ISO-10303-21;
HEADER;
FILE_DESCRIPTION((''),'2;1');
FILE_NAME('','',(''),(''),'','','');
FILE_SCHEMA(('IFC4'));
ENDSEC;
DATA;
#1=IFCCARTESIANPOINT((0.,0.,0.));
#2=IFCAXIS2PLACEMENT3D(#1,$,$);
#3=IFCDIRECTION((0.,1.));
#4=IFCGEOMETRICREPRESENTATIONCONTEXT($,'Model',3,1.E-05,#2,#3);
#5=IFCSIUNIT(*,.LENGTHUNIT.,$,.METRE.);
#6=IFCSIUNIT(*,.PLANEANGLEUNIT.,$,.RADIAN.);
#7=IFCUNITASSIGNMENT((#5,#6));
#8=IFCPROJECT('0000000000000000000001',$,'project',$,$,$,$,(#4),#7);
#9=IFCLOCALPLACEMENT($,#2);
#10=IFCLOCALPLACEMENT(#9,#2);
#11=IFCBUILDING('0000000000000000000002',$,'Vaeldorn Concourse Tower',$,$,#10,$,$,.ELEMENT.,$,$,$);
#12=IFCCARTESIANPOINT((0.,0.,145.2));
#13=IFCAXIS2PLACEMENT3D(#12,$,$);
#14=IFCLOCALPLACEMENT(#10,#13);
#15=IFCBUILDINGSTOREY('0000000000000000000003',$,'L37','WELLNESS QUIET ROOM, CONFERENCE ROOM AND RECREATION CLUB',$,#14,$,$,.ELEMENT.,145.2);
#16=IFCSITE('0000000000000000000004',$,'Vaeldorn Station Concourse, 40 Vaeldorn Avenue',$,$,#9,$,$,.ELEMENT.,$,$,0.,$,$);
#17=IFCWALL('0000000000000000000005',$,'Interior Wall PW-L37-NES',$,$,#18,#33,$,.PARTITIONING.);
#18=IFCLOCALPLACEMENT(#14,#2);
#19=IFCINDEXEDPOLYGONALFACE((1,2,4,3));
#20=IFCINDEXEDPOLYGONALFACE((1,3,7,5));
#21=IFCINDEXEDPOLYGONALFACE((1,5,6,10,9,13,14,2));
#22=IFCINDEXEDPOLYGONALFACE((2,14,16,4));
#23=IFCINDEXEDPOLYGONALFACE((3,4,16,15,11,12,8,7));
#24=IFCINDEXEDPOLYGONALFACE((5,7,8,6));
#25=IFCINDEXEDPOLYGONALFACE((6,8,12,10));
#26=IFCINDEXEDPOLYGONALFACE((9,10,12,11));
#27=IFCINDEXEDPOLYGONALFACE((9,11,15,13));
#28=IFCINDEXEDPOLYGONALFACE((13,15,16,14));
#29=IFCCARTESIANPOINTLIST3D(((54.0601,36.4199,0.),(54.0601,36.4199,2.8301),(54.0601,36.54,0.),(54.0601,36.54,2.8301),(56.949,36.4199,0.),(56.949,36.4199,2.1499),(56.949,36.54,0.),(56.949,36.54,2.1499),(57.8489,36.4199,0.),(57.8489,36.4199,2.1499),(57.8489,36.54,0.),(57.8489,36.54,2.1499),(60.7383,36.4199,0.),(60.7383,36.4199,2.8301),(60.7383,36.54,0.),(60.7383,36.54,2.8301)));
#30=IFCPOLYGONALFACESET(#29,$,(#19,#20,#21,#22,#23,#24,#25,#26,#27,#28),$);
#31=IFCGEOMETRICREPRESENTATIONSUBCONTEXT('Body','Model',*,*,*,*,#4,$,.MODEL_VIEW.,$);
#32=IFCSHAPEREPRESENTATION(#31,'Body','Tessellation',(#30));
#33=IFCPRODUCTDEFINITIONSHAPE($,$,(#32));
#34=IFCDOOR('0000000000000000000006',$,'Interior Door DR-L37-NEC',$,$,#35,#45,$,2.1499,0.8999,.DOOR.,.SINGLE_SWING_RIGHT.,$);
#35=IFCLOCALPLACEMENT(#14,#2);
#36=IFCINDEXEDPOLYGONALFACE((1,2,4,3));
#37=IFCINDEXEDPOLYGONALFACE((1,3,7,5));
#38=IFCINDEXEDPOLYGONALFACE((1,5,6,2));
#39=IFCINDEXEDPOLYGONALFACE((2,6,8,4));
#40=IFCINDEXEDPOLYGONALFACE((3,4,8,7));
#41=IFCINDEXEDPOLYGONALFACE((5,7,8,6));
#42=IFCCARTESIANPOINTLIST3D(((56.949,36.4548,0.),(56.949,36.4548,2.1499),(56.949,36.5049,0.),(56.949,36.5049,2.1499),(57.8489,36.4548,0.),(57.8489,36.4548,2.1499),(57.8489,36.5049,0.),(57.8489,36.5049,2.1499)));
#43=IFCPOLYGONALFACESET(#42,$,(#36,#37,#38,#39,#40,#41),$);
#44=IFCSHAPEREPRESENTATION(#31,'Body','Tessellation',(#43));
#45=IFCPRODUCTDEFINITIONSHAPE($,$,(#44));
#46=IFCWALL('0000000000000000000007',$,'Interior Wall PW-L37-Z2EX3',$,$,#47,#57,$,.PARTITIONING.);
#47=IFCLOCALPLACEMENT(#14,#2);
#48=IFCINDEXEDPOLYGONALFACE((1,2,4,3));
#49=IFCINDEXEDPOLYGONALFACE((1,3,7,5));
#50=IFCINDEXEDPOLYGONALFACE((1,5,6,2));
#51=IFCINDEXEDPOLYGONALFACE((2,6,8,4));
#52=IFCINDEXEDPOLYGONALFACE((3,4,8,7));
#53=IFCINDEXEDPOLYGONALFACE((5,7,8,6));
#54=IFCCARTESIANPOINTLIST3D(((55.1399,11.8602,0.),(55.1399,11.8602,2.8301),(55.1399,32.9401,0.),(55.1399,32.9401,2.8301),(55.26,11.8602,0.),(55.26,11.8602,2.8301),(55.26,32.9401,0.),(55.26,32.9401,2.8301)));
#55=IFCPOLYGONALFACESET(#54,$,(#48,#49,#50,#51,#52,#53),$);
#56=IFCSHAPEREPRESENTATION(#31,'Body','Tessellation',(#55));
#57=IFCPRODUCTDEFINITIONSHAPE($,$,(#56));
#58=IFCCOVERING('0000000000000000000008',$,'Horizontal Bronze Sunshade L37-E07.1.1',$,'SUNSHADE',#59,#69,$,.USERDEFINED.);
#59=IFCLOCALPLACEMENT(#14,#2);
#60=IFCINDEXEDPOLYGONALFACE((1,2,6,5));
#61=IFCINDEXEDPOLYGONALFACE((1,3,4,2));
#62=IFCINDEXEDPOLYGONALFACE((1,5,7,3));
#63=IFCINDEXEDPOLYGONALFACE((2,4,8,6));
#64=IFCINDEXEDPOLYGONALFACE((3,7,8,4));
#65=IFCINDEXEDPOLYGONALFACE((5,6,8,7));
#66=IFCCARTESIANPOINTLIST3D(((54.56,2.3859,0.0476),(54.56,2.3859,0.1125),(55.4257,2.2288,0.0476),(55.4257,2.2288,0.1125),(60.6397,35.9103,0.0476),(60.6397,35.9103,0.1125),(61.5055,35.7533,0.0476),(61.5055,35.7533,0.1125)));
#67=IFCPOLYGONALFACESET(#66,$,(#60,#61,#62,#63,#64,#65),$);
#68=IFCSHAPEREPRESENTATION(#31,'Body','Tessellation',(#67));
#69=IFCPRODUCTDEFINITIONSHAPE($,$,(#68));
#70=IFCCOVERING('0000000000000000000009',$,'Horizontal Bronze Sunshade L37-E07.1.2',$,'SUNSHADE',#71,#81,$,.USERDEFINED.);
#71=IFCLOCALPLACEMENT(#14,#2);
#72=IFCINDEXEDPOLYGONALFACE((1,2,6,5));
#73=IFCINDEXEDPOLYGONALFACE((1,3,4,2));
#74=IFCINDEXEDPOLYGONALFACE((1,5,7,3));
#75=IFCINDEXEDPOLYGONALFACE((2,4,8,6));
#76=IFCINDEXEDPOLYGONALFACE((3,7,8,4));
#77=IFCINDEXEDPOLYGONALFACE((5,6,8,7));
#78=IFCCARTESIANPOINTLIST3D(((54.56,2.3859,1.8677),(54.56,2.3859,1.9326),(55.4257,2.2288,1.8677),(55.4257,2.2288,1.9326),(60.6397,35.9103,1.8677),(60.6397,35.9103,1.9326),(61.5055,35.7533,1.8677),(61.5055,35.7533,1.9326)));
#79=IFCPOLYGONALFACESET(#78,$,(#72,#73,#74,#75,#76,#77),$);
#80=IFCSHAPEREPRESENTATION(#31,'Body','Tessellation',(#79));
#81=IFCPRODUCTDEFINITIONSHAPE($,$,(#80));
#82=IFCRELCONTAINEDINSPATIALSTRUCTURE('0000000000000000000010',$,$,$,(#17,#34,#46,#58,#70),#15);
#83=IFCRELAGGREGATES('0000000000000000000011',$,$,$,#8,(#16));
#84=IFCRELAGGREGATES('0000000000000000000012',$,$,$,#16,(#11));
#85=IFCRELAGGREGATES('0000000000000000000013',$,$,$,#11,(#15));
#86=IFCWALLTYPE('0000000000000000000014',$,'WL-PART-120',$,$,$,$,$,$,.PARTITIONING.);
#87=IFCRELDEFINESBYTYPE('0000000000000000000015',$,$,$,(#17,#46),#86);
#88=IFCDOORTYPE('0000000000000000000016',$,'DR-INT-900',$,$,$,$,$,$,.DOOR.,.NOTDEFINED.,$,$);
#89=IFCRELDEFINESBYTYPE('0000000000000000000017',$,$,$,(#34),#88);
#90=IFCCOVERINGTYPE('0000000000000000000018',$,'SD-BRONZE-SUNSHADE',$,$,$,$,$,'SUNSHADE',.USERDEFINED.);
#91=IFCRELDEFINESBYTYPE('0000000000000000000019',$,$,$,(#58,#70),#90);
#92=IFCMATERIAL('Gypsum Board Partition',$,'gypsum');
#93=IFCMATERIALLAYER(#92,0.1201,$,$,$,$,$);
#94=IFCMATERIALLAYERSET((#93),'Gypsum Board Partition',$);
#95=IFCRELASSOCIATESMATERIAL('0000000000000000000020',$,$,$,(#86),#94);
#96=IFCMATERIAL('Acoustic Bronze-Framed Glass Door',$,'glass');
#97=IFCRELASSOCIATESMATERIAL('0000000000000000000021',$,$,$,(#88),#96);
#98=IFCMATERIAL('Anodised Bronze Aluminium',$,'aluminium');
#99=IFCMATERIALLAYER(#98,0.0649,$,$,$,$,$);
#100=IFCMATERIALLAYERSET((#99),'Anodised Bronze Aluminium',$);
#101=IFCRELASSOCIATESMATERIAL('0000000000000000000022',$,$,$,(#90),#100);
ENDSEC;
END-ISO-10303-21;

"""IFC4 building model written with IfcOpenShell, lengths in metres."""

from ifc_helpers import new_model, si_unit, direction, frame, frame_2d, origin, origin_2d, place, context, subcontext, project, spatial, rectangle, extrude, source, transform, mapped, material, layer, layer_set, type_object, element, fill, save


model = new_model("IFC4")

# Units and contexts
model_context = context("Model", 3, precision=1e-05, world=origin(), true_north=direction((0.0, 1.0)))
body_context = subcontext(model_context, "Body", "Model", "MODEL_VIEW")
ifc_project = project(units=[si_unit("LENGTHUNIT", "METRE"), si_unit("PLANEANGLEUNIT", "RADIAN")], contexts=[model_context])

# Site, building, storey
site_placement = place(None, origin())
site = spatial("IfcSite", under=ifc_project, at=site_placement, Name="Vaeldorn Station Concourse, 40 Vaeldorn Avenue", CompositionType="ELEMENT", RefElevation=0.0)
building_placement = place(site_placement, origin())
building = spatial("IfcBuilding", under=site, at=building_placement, Name="Vaeldorn Concourse Tower", CompositionType="ELEMENT")
storey_placement = place(building_placement, frame((0.0, 0.0, 145.2)))
storey = spatial("IfcBuildingStorey", under=building, at=storey_placement, Name="L37", Description="WELLNESS QUIET ROOM, CONFERENCE ROOM AND RECREATION CLUB", CompositionType="ELEMENT", Elevation=145.2)

# Shared definitions
ifc_material_1 = material(Name="Anodised Bronze Aluminium", Category="aluminium")

# Wall, opening, door
ifc_material_2 = material(Name="Gypsum Board Partition", Category="gypsum")
ifc_layer_1 = layer(ifc_material_2, 0.1201)
ifc_layer_set_1 = layer_set([ifc_layer_1], Name="Gypsum Board Partition")
wall_type = type_object("IfcWallType", Name="WL-PART-120", PredefinedType="PARTITIONING", material=ifc_layer_set_1)
wall_1_placement = place(storey_placement, frame((54.0601, 36.48, 0.0), z_axis=(0.0, 0.0, 1.0), x_axis=(1.0, 0.0, 0.0)))
wall_1 = element("IfcWall", 1, at=wall_1_placement, inside=storey, type_object=wall_type, Name="Interior Wall PW-L37-NES", PredefinedType="PARTITIONING", context=body_context, shape_type="SweptSolid", body=[
    extrude(rectangle(XDim=6.6782, YDim=0.1201, at=frame_2d((3.3391, 0.0))), origin(), (0.0, 0.0, 1.0), 2.8301),
])
opening_placement = place(wall_1_placement, frame((2.8889, 0.0, 0.0)))
opening = element("IfcOpeningElement", 2, at=opening_placement, cuts=wall_1, PredefinedType="OPENING", context=body_context, shape_type="SweptSolid", body=[
    extrude(rectangle(XDim=0.8999, YDim=2.1499, at=frame_2d((0.45, 1.075))), frame((0.0, 0.0701, 0.0), z_axis=(0.0, -1.0, 0.0), x_axis=(1.0, 0.0, 0.0)), (0.0, 0.0, 1.0), 0.1401),
])
ifc_material_3 = material(Name="Acoustic Bronze-Framed Glass Door", Category="glass")
door_type = type_object("IfcDoorType", Name="DR-INT-900", OperationType="NOTDEFINED", PredefinedType="DOOR", material=ifc_material_3)
shared_shape_1 = source(origin(), body_context, "Body", "SweptSolid", [
    extrude(rectangle(XDim=0.8999, YDim=2.1499, at=frame_2d((0.45, 1.075))), frame((0.0, 0.0249, 0.0), z_axis=(0.0, -1.0, 0.0), x_axis=(1.0, 0.0, 0.0)), (0.0, 0.0, 1.0), 0.05),
])
door_placement = place(opening_placement, origin())
door = element("IfcDoor", 3, at=door_placement, inside=storey, type_object=door_type, Name="Interior Door DR-L37-NEC", OperationType="SINGLE_SWING_RIGHT", OverallHeight=2.1499, OverallWidth=0.8999, PredefinedType="DOOR", context=body_context, shape_type="MappedRepresentation", body=[
    mapped(shared_shape_1, transform((0.0, 0.0, 0.0), scale=1.0)),
])
fill(opening, door)

# Wall
wall_2_placement = place(storey_placement, frame((55.2, 11.8601, 0.0), z_axis=(0.0, 0.0, 1.0), x_axis=(0.0, 1.0, 0.0)))
element("IfcWall", 4, at=wall_2_placement, inside=storey, type_object=wall_type, Name="Interior Wall PW-L37-Z2EX3", PredefinedType="PARTITIONING", context=body_context, shape_type="SweptSolid", body=[
    extrude(rectangle(XDim=21.0798, YDim=0.1201, at=frame_2d((10.54, 0.0))), origin(), (0.0, 0.0, 1.0), 2.8301),
])

# Coverings
ifc_layer_2 = layer(ifc_material_1, 0.0649)
ifc_layer_set_2 = layer_set([ifc_layer_2], Name="Anodised Bronze Aluminium")
covering_type = type_object("IfcCoveringType", Name="SD-BRONZE-SUNSHADE", ElementType="SUNSHADE", PredefinedType="USERDEFINED", material=ifc_layer_set_2)
shared_shape_2 = source(origin(), body_context, "Body", "SweptSolid", [
    extrude(rectangle(XDim=34.0713, YDim=0.8799, at=origin_2d()), origin(), (0.0, 0.0, 1.0), 0.0649),
])
for number, where, z_axis, x_axis, name in (
    (5, (58.0327, 19.0696, 0.0476), (0.0, 0.0, 1.0), (0.178442, 0.983951, 0.0), "Horizontal Bronze Sunshade L37-E07.1.1"),
    (6, (58.0327, 19.0696, 1.8677), (0.0, 0.0, 1.0), (0.178442, 0.983951, 0.0), "Horizontal Bronze Sunshade L37-E07.1.2"),
):
    element("IfcCovering", number, at=place(storey_placement, frame(where, z_axis=z_axis, x_axis=x_axis)), inside=storey, type_object=covering_type, Name=name, ObjectType="SUNSHADE", PredefinedType="USERDEFINED", context=body_context, shape_type="MappedRepresentation", body=[
        mapped(shared_shape_2, transform((0.0, 0.0, 0.0), scale=1.0)),
    ])

save(model, "model.ifc")
